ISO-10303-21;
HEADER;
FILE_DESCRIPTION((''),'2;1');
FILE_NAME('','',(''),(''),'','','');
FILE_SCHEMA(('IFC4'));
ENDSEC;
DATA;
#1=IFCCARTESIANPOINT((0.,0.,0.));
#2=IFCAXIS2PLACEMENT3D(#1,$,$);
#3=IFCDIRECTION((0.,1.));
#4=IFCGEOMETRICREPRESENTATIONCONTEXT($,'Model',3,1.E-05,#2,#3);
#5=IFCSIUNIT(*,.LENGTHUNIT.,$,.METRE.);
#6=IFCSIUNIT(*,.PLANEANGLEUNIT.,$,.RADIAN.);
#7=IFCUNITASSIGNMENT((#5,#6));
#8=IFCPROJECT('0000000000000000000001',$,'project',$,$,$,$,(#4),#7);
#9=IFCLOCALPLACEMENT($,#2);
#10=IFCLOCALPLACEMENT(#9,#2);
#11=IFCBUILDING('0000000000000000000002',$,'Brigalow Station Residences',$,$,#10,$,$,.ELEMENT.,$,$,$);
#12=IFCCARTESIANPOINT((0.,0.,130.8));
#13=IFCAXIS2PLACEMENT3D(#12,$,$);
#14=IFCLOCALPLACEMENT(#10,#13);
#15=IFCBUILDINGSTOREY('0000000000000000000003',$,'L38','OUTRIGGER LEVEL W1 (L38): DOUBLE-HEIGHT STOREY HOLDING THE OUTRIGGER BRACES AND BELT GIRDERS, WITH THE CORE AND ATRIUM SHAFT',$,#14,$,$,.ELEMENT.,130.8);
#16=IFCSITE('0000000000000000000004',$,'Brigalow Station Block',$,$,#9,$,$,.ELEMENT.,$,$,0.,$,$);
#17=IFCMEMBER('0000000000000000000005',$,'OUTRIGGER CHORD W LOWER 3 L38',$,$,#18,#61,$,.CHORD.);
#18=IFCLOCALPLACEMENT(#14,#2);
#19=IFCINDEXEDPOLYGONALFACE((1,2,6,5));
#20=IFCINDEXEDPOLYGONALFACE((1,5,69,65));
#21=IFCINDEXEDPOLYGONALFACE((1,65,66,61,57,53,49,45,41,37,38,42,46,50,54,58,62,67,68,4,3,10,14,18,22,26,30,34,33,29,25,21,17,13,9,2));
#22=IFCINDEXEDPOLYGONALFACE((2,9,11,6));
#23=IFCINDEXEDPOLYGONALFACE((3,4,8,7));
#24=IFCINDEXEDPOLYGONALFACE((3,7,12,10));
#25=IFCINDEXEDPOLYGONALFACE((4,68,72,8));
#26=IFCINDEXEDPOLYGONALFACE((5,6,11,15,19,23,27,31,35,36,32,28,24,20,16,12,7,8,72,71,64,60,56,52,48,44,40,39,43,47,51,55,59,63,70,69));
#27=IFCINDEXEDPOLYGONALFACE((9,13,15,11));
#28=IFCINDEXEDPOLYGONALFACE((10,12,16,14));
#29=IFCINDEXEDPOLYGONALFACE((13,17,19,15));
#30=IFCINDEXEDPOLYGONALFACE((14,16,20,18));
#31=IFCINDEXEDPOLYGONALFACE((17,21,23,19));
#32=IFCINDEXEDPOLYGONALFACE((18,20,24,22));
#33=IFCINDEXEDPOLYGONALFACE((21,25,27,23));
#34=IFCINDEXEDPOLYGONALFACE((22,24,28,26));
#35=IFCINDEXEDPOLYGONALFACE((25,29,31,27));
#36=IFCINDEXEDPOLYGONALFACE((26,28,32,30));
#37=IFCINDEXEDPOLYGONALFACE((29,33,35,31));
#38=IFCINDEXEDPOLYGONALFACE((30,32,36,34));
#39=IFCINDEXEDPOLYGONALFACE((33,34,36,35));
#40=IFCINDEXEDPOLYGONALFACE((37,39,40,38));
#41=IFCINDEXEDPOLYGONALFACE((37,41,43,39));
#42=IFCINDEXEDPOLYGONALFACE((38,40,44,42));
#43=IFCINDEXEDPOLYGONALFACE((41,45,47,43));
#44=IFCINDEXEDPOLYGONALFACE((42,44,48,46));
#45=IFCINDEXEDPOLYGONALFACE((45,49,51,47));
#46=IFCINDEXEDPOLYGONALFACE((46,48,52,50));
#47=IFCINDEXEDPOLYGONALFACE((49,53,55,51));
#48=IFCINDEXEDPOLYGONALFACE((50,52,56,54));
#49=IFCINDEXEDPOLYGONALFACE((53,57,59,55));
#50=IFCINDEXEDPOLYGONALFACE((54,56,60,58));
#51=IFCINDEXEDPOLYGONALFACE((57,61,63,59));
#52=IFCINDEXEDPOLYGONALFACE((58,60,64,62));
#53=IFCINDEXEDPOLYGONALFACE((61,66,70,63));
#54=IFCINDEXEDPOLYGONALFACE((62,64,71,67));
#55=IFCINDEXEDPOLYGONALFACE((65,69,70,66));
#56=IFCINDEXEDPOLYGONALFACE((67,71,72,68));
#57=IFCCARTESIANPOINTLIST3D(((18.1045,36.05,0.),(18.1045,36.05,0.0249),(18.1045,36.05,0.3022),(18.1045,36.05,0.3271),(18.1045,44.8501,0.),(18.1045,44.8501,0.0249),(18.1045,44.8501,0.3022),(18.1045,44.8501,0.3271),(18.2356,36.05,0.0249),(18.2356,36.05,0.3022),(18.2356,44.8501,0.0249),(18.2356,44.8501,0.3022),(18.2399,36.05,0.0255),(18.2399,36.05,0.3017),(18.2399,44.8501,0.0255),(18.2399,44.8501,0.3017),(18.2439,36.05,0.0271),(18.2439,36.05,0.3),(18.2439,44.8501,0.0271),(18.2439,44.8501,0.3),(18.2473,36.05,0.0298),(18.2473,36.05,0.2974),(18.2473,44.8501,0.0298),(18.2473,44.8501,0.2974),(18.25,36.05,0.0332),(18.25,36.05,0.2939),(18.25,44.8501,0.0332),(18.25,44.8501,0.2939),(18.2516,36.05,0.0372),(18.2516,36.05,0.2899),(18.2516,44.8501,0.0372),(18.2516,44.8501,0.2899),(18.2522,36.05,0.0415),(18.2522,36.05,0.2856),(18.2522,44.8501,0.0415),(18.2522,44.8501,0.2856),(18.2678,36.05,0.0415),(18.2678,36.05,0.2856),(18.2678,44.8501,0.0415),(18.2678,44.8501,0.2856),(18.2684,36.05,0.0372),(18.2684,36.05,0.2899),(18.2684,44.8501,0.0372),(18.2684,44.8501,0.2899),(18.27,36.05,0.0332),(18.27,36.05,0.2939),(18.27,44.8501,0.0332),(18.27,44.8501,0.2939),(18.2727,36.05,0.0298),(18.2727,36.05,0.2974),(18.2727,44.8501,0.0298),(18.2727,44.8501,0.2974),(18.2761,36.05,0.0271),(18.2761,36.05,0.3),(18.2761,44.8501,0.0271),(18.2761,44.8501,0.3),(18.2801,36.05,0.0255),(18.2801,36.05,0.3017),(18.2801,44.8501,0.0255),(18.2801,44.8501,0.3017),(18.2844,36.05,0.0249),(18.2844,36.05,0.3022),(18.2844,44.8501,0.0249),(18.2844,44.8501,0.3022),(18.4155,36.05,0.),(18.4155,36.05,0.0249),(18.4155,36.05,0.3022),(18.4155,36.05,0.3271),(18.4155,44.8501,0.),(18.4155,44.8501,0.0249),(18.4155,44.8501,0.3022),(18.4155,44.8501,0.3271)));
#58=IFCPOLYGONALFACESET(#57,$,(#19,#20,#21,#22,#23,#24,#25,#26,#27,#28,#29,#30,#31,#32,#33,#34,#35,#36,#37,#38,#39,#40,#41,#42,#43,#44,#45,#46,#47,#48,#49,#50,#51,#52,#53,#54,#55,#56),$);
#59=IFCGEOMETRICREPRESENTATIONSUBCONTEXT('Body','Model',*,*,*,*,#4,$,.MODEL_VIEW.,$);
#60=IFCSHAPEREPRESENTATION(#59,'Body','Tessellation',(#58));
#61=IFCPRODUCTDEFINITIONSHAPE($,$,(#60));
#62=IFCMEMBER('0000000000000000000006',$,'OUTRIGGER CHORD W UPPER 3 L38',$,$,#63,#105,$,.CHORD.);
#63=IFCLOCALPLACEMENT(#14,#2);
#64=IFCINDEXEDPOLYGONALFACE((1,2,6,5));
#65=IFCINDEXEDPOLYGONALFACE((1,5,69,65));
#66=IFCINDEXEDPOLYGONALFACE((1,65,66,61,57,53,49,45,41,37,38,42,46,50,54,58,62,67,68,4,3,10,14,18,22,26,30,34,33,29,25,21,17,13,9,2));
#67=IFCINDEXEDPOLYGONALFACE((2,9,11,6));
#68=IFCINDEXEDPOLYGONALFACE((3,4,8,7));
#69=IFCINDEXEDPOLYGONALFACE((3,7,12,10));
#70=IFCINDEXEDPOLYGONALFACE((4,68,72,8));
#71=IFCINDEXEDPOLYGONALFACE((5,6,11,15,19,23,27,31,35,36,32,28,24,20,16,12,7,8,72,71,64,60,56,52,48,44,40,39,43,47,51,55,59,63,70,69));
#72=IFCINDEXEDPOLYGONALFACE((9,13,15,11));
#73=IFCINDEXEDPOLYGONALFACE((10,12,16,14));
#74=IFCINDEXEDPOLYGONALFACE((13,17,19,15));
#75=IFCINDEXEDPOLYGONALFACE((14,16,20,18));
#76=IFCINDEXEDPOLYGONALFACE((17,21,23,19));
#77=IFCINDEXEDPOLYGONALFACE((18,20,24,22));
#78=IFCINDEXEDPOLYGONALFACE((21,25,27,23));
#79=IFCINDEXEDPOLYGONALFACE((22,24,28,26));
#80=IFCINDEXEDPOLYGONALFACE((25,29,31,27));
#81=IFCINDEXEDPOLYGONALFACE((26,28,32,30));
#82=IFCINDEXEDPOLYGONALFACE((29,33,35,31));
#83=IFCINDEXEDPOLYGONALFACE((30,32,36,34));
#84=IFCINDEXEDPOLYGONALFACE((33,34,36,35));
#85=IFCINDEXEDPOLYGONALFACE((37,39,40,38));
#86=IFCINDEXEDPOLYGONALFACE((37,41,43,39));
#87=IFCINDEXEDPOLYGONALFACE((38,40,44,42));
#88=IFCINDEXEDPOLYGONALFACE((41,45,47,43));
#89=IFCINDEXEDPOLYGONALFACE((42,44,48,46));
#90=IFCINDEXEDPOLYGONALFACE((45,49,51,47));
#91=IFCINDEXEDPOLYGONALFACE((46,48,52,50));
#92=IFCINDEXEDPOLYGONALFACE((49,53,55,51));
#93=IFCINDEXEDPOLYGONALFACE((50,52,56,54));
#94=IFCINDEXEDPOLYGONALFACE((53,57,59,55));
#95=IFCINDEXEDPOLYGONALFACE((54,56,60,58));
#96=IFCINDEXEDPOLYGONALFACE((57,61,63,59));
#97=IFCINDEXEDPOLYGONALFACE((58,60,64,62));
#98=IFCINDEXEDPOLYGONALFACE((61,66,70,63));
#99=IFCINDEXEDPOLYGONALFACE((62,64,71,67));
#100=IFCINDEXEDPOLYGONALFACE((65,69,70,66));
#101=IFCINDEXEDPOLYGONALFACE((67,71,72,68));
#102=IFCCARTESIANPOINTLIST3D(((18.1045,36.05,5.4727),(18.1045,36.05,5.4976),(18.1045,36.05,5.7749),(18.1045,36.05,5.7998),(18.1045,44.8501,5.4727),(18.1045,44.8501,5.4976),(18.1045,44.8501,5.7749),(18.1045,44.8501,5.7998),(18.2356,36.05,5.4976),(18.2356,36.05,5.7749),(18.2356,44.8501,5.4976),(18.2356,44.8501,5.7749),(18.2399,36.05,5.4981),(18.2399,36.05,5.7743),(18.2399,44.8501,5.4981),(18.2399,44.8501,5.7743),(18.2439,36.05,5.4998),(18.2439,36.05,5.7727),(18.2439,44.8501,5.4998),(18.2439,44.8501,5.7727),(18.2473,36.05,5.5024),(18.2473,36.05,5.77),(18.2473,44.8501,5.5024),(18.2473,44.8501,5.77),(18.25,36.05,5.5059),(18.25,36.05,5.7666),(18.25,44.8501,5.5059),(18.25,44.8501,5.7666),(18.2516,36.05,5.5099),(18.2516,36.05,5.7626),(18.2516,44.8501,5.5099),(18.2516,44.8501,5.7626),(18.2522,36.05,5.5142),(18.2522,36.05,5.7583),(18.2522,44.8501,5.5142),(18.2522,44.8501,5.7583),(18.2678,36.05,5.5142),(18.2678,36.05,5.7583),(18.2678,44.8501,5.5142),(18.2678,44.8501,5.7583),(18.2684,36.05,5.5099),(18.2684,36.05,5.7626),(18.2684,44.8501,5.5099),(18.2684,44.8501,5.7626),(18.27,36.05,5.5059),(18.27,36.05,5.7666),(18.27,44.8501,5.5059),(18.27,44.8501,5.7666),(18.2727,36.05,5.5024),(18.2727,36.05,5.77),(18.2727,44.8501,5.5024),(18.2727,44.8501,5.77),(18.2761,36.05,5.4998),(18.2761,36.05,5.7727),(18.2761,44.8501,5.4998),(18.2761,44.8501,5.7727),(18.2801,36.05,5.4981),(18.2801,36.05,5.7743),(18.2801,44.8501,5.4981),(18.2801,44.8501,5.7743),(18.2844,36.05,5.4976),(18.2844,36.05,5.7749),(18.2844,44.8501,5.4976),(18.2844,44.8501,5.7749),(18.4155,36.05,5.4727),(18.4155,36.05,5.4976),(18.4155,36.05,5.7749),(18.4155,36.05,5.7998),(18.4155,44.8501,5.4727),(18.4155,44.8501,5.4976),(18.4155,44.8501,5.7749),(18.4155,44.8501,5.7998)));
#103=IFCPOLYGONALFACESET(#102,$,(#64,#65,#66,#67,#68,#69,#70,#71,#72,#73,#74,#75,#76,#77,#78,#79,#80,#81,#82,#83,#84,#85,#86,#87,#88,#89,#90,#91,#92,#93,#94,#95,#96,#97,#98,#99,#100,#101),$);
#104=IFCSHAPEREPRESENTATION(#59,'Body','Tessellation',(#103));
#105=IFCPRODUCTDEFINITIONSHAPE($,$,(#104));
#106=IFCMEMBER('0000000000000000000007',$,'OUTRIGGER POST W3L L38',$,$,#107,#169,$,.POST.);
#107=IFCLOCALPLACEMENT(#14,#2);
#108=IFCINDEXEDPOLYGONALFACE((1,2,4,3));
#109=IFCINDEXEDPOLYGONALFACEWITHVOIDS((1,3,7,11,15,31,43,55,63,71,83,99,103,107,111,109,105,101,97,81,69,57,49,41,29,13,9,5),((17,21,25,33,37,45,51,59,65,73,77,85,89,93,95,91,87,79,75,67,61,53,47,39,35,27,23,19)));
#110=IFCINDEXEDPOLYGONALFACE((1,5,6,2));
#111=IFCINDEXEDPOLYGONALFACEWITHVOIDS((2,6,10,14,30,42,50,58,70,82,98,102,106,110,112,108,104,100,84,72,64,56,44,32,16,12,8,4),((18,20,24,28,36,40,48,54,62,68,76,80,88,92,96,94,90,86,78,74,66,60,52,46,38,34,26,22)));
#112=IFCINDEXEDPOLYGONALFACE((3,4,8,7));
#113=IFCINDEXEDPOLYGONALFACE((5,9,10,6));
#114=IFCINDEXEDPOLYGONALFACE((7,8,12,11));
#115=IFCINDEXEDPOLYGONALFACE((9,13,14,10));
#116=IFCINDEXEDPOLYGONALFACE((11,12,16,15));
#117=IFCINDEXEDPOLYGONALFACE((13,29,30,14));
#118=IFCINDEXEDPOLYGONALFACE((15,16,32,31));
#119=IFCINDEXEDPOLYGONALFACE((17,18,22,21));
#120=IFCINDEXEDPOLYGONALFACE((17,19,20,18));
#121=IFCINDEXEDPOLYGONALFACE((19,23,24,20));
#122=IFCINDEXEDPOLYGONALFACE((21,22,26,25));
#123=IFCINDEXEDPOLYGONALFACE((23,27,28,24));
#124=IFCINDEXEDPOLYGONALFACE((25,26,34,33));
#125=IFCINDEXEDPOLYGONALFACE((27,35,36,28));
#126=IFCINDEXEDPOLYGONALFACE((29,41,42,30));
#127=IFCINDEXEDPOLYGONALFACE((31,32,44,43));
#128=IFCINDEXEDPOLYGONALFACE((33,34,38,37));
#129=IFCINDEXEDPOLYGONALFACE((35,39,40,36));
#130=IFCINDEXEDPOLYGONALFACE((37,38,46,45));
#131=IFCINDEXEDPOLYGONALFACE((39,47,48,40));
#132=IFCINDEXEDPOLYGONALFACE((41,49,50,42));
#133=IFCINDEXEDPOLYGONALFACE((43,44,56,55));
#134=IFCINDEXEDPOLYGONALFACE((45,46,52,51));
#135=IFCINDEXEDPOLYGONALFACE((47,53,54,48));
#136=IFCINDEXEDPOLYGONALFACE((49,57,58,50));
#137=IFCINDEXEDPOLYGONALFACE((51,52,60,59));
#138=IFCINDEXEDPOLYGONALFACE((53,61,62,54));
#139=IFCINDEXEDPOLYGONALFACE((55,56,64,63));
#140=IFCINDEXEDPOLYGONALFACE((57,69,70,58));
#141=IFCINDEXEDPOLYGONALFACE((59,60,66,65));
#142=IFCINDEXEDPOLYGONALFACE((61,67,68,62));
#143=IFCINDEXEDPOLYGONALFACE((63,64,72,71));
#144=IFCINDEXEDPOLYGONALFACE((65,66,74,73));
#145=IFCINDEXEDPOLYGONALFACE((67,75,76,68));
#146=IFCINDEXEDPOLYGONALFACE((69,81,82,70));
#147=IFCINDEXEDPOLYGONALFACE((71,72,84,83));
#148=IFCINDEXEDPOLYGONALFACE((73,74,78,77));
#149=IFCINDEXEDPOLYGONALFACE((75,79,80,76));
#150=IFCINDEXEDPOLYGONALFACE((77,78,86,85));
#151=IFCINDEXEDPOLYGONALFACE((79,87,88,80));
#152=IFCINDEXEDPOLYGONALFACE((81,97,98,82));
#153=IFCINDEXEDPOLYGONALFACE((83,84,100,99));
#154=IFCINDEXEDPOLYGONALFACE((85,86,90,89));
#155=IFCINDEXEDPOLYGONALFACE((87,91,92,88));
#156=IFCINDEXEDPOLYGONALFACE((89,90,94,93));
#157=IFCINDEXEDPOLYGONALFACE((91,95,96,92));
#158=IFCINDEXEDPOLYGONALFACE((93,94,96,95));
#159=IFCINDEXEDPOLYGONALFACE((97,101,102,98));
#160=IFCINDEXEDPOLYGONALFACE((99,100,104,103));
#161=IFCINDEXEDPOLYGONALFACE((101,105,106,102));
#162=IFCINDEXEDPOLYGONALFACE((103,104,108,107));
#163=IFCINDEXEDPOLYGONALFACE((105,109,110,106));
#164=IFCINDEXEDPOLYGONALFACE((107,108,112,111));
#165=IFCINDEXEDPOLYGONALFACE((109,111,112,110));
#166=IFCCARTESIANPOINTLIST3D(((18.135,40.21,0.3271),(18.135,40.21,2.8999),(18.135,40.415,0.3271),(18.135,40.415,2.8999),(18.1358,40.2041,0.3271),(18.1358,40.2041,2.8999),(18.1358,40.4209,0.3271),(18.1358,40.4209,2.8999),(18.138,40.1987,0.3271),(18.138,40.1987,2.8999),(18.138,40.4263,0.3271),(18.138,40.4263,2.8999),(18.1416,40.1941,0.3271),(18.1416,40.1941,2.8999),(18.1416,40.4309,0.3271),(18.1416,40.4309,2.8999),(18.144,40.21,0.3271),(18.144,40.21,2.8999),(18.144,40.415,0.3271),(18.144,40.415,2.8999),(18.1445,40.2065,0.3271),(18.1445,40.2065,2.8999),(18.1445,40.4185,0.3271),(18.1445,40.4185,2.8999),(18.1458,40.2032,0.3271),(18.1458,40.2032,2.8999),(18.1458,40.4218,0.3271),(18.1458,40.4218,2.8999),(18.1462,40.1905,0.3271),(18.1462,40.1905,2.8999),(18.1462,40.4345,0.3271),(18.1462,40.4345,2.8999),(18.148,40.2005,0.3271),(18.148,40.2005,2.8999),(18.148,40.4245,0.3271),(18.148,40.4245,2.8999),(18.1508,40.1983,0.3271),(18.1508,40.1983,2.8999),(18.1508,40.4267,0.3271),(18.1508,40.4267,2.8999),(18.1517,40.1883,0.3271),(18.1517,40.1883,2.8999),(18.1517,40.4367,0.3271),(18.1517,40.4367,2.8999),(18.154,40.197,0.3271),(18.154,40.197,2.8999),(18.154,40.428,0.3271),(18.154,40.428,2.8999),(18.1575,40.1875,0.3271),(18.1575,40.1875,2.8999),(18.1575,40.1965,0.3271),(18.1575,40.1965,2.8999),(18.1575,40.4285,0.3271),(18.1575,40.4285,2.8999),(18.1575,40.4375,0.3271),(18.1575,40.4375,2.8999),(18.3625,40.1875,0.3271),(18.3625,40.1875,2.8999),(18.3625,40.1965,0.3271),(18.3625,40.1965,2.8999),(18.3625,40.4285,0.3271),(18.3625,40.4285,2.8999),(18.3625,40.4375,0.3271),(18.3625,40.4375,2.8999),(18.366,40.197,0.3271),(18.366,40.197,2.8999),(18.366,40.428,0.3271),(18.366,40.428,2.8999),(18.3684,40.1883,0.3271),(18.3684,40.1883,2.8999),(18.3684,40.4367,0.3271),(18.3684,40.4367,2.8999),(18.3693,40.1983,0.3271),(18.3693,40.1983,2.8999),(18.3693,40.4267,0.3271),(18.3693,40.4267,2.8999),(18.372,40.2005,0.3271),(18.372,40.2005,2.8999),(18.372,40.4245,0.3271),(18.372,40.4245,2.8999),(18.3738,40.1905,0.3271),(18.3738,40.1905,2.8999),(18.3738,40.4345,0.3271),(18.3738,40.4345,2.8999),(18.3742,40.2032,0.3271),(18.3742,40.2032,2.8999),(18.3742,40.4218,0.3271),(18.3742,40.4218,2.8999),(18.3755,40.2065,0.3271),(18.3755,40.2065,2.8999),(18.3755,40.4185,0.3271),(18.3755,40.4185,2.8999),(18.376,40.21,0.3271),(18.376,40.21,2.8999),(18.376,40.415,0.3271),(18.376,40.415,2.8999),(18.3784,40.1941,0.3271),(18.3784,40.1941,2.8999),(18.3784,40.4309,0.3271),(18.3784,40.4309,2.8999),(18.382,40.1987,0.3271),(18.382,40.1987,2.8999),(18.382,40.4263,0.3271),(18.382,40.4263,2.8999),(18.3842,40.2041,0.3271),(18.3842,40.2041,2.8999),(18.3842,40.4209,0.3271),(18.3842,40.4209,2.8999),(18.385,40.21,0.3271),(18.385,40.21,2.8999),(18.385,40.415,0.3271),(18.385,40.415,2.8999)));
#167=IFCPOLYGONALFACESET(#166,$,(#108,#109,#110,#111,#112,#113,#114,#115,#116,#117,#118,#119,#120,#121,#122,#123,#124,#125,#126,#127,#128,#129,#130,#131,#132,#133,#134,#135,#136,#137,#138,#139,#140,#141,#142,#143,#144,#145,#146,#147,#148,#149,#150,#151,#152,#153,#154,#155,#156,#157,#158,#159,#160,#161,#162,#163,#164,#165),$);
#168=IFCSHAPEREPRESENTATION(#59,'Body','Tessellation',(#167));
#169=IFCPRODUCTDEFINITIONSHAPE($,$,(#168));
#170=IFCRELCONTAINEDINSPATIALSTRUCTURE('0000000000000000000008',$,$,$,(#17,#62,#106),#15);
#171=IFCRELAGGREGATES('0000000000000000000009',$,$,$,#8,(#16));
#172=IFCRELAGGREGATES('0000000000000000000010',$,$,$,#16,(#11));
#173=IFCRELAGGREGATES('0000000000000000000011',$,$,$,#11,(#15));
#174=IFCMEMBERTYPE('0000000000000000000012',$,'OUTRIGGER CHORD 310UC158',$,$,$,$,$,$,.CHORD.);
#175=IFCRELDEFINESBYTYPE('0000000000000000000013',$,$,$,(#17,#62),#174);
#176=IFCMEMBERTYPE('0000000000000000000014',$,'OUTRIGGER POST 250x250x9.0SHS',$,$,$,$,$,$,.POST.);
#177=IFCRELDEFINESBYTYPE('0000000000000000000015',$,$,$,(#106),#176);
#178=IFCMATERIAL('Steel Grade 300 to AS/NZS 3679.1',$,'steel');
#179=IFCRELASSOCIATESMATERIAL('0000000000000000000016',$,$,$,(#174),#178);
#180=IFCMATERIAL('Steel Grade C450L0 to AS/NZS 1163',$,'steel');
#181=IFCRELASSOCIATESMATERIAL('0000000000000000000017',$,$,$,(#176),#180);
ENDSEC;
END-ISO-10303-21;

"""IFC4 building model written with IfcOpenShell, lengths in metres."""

from ifc_helpers import new_model, si_unit, direction, frame, origin, origin_2d, place, context, subcontext, project, spatial, hollow_rectangle, i_section, extrude, material, material_profile, profile_set, type_object, element, save


model = new_model("IFC4")

# Units and contexts
model_context = context("Model", 3, precision=1e-05, world=origin(), true_north=direction((0.0, 1.0)))
body_context = subcontext(model_context, "Body", "Model", "MODEL_VIEW")
ifc_project = project(units=[si_unit("LENGTHUNIT", "METRE"), si_unit("PLANEANGLEUNIT", "RADIAN")], contexts=[model_context])

# Site, building, storey
site_placement = place(None, origin())
site = spatial("IfcSite", under=ifc_project, at=site_placement, Name="Brigalow Station Block", CompositionType="ELEMENT", RefElevation=0.0)
building_placement = place(site_placement, origin())
building = spatial("IfcBuilding", under=site, at=building_placement, Name="Brigalow Station Residences", CompositionType="ELEMENT")
storey_placement = place(building_placement, frame((0.0, 0.0, 130.8)))
storey = spatial("IfcBuildingStorey", under=building, at=storey_placement, Name="L38", Description="OUTRIGGER LEVEL W1 (L38): DOUBLE-HEIGHT STOREY HOLDING THE OUTRIGGER BRACES AND BELT GIRDERS, WITH THE CORE AND ATRIUM SHAFT", CompositionType="ELEMENT", Elevation=130.8)

# Members
ifc_material_1 = material(Name="Steel Grade 300 to AS/NZS 3679.1", Category="steel")
ifc_material_profile_1 = material_profile(ifc_material_1, i_section(OverallWidth=0.311, OverallDepth=0.3271, WebThickness=0.0156, FlangeThickness=0.0249, FilletRadius=0.0166, at=origin_2d()), Name="310UC158")
ifc_profile_set_1 = profile_set([ifc_material_profile_1], Name="Steel Grade 300 to AS/NZS 3679.1")
member_type_1 = type_object("IfcMemberType", Name="OUTRIGGER CHORD 310UC158", PredefinedType="CHORD", material=ifc_profile_set_1)
for number, where, z_axis, x_axis, name in (
    (1, (18.26, 36.05, 0.1636), (0.0, 1.0, 0.0), (-1.0, 0.0, 0.0), "OUTRIGGER CHORD W LOWER 3 L38"),
    (2, (18.26, 36.05, 5.6362), (0.0, 1.0, 0.0), (-1.0, 0.0, 0.0), "OUTRIGGER CHORD W UPPER 3 L38"),
):
    element("IfcMember", number, at=place(storey_placement, frame(where, z_axis=z_axis, x_axis=x_axis)), inside=storey, type_object=member_type_1, Name=name, PredefinedType="CHORD", context=body_context, shape_type="SweptSolid", body=[
        extrude(i_section(OverallWidth=0.311, OverallDepth=0.3271, WebThickness=0.0156, FlangeThickness=0.0249, FilletRadius=0.0166, at=origin_2d()), origin(), (0.0, 0.0, 1.0), 8.8),
    ])
ifc_material_2 = material(Name="Steel Grade C450L0 to AS/NZS 1163", Category="steel")
ifc_material_profile_2 = material_profile(ifc_material_2, hollow_rectangle(XDim=0.25, YDim=0.25, WallThickness=0.009, InnerFilletRadius=0.0134, OuterFilletRadius=0.0225, at=origin_2d()), Name="250x250x9.0SHS")
ifc_profile_set_2 = profile_set([ifc_material_profile_2], Name="Steel Grade C450L0 to AS/NZS 1163")
member_type_2 = type_object("IfcMemberType", Name="OUTRIGGER POST 250x250x9.0SHS", PredefinedType="POST", material=ifc_profile_set_2)
for number, where, z_axis, x_axis, name in (
    (3, (18.26, 40.3125, 0.3271), (0.0, 0.0, 1.0), (1.0, 0.0, 0.0), "OUTRIGGER POST W3L L38"),
):
    element("IfcMember", number, at=place(storey_placement, frame(where, z_axis=z_axis, x_axis=x_axis)), inside=storey, type_object=member_type_2, Name=name, PredefinedType="POST", context=body_context, shape_type="SweptSolid", body=[
        extrude(hollow_rectangle(XDim=0.25, YDim=0.25, WallThickness=0.009, InnerFilletRadius=0.0134, OuterFilletRadius=0.0225, at=origin_2d()), origin(), (0.0, 0.0, 1.0), 2.5728),
    ])

save(model, "model.ifc")
